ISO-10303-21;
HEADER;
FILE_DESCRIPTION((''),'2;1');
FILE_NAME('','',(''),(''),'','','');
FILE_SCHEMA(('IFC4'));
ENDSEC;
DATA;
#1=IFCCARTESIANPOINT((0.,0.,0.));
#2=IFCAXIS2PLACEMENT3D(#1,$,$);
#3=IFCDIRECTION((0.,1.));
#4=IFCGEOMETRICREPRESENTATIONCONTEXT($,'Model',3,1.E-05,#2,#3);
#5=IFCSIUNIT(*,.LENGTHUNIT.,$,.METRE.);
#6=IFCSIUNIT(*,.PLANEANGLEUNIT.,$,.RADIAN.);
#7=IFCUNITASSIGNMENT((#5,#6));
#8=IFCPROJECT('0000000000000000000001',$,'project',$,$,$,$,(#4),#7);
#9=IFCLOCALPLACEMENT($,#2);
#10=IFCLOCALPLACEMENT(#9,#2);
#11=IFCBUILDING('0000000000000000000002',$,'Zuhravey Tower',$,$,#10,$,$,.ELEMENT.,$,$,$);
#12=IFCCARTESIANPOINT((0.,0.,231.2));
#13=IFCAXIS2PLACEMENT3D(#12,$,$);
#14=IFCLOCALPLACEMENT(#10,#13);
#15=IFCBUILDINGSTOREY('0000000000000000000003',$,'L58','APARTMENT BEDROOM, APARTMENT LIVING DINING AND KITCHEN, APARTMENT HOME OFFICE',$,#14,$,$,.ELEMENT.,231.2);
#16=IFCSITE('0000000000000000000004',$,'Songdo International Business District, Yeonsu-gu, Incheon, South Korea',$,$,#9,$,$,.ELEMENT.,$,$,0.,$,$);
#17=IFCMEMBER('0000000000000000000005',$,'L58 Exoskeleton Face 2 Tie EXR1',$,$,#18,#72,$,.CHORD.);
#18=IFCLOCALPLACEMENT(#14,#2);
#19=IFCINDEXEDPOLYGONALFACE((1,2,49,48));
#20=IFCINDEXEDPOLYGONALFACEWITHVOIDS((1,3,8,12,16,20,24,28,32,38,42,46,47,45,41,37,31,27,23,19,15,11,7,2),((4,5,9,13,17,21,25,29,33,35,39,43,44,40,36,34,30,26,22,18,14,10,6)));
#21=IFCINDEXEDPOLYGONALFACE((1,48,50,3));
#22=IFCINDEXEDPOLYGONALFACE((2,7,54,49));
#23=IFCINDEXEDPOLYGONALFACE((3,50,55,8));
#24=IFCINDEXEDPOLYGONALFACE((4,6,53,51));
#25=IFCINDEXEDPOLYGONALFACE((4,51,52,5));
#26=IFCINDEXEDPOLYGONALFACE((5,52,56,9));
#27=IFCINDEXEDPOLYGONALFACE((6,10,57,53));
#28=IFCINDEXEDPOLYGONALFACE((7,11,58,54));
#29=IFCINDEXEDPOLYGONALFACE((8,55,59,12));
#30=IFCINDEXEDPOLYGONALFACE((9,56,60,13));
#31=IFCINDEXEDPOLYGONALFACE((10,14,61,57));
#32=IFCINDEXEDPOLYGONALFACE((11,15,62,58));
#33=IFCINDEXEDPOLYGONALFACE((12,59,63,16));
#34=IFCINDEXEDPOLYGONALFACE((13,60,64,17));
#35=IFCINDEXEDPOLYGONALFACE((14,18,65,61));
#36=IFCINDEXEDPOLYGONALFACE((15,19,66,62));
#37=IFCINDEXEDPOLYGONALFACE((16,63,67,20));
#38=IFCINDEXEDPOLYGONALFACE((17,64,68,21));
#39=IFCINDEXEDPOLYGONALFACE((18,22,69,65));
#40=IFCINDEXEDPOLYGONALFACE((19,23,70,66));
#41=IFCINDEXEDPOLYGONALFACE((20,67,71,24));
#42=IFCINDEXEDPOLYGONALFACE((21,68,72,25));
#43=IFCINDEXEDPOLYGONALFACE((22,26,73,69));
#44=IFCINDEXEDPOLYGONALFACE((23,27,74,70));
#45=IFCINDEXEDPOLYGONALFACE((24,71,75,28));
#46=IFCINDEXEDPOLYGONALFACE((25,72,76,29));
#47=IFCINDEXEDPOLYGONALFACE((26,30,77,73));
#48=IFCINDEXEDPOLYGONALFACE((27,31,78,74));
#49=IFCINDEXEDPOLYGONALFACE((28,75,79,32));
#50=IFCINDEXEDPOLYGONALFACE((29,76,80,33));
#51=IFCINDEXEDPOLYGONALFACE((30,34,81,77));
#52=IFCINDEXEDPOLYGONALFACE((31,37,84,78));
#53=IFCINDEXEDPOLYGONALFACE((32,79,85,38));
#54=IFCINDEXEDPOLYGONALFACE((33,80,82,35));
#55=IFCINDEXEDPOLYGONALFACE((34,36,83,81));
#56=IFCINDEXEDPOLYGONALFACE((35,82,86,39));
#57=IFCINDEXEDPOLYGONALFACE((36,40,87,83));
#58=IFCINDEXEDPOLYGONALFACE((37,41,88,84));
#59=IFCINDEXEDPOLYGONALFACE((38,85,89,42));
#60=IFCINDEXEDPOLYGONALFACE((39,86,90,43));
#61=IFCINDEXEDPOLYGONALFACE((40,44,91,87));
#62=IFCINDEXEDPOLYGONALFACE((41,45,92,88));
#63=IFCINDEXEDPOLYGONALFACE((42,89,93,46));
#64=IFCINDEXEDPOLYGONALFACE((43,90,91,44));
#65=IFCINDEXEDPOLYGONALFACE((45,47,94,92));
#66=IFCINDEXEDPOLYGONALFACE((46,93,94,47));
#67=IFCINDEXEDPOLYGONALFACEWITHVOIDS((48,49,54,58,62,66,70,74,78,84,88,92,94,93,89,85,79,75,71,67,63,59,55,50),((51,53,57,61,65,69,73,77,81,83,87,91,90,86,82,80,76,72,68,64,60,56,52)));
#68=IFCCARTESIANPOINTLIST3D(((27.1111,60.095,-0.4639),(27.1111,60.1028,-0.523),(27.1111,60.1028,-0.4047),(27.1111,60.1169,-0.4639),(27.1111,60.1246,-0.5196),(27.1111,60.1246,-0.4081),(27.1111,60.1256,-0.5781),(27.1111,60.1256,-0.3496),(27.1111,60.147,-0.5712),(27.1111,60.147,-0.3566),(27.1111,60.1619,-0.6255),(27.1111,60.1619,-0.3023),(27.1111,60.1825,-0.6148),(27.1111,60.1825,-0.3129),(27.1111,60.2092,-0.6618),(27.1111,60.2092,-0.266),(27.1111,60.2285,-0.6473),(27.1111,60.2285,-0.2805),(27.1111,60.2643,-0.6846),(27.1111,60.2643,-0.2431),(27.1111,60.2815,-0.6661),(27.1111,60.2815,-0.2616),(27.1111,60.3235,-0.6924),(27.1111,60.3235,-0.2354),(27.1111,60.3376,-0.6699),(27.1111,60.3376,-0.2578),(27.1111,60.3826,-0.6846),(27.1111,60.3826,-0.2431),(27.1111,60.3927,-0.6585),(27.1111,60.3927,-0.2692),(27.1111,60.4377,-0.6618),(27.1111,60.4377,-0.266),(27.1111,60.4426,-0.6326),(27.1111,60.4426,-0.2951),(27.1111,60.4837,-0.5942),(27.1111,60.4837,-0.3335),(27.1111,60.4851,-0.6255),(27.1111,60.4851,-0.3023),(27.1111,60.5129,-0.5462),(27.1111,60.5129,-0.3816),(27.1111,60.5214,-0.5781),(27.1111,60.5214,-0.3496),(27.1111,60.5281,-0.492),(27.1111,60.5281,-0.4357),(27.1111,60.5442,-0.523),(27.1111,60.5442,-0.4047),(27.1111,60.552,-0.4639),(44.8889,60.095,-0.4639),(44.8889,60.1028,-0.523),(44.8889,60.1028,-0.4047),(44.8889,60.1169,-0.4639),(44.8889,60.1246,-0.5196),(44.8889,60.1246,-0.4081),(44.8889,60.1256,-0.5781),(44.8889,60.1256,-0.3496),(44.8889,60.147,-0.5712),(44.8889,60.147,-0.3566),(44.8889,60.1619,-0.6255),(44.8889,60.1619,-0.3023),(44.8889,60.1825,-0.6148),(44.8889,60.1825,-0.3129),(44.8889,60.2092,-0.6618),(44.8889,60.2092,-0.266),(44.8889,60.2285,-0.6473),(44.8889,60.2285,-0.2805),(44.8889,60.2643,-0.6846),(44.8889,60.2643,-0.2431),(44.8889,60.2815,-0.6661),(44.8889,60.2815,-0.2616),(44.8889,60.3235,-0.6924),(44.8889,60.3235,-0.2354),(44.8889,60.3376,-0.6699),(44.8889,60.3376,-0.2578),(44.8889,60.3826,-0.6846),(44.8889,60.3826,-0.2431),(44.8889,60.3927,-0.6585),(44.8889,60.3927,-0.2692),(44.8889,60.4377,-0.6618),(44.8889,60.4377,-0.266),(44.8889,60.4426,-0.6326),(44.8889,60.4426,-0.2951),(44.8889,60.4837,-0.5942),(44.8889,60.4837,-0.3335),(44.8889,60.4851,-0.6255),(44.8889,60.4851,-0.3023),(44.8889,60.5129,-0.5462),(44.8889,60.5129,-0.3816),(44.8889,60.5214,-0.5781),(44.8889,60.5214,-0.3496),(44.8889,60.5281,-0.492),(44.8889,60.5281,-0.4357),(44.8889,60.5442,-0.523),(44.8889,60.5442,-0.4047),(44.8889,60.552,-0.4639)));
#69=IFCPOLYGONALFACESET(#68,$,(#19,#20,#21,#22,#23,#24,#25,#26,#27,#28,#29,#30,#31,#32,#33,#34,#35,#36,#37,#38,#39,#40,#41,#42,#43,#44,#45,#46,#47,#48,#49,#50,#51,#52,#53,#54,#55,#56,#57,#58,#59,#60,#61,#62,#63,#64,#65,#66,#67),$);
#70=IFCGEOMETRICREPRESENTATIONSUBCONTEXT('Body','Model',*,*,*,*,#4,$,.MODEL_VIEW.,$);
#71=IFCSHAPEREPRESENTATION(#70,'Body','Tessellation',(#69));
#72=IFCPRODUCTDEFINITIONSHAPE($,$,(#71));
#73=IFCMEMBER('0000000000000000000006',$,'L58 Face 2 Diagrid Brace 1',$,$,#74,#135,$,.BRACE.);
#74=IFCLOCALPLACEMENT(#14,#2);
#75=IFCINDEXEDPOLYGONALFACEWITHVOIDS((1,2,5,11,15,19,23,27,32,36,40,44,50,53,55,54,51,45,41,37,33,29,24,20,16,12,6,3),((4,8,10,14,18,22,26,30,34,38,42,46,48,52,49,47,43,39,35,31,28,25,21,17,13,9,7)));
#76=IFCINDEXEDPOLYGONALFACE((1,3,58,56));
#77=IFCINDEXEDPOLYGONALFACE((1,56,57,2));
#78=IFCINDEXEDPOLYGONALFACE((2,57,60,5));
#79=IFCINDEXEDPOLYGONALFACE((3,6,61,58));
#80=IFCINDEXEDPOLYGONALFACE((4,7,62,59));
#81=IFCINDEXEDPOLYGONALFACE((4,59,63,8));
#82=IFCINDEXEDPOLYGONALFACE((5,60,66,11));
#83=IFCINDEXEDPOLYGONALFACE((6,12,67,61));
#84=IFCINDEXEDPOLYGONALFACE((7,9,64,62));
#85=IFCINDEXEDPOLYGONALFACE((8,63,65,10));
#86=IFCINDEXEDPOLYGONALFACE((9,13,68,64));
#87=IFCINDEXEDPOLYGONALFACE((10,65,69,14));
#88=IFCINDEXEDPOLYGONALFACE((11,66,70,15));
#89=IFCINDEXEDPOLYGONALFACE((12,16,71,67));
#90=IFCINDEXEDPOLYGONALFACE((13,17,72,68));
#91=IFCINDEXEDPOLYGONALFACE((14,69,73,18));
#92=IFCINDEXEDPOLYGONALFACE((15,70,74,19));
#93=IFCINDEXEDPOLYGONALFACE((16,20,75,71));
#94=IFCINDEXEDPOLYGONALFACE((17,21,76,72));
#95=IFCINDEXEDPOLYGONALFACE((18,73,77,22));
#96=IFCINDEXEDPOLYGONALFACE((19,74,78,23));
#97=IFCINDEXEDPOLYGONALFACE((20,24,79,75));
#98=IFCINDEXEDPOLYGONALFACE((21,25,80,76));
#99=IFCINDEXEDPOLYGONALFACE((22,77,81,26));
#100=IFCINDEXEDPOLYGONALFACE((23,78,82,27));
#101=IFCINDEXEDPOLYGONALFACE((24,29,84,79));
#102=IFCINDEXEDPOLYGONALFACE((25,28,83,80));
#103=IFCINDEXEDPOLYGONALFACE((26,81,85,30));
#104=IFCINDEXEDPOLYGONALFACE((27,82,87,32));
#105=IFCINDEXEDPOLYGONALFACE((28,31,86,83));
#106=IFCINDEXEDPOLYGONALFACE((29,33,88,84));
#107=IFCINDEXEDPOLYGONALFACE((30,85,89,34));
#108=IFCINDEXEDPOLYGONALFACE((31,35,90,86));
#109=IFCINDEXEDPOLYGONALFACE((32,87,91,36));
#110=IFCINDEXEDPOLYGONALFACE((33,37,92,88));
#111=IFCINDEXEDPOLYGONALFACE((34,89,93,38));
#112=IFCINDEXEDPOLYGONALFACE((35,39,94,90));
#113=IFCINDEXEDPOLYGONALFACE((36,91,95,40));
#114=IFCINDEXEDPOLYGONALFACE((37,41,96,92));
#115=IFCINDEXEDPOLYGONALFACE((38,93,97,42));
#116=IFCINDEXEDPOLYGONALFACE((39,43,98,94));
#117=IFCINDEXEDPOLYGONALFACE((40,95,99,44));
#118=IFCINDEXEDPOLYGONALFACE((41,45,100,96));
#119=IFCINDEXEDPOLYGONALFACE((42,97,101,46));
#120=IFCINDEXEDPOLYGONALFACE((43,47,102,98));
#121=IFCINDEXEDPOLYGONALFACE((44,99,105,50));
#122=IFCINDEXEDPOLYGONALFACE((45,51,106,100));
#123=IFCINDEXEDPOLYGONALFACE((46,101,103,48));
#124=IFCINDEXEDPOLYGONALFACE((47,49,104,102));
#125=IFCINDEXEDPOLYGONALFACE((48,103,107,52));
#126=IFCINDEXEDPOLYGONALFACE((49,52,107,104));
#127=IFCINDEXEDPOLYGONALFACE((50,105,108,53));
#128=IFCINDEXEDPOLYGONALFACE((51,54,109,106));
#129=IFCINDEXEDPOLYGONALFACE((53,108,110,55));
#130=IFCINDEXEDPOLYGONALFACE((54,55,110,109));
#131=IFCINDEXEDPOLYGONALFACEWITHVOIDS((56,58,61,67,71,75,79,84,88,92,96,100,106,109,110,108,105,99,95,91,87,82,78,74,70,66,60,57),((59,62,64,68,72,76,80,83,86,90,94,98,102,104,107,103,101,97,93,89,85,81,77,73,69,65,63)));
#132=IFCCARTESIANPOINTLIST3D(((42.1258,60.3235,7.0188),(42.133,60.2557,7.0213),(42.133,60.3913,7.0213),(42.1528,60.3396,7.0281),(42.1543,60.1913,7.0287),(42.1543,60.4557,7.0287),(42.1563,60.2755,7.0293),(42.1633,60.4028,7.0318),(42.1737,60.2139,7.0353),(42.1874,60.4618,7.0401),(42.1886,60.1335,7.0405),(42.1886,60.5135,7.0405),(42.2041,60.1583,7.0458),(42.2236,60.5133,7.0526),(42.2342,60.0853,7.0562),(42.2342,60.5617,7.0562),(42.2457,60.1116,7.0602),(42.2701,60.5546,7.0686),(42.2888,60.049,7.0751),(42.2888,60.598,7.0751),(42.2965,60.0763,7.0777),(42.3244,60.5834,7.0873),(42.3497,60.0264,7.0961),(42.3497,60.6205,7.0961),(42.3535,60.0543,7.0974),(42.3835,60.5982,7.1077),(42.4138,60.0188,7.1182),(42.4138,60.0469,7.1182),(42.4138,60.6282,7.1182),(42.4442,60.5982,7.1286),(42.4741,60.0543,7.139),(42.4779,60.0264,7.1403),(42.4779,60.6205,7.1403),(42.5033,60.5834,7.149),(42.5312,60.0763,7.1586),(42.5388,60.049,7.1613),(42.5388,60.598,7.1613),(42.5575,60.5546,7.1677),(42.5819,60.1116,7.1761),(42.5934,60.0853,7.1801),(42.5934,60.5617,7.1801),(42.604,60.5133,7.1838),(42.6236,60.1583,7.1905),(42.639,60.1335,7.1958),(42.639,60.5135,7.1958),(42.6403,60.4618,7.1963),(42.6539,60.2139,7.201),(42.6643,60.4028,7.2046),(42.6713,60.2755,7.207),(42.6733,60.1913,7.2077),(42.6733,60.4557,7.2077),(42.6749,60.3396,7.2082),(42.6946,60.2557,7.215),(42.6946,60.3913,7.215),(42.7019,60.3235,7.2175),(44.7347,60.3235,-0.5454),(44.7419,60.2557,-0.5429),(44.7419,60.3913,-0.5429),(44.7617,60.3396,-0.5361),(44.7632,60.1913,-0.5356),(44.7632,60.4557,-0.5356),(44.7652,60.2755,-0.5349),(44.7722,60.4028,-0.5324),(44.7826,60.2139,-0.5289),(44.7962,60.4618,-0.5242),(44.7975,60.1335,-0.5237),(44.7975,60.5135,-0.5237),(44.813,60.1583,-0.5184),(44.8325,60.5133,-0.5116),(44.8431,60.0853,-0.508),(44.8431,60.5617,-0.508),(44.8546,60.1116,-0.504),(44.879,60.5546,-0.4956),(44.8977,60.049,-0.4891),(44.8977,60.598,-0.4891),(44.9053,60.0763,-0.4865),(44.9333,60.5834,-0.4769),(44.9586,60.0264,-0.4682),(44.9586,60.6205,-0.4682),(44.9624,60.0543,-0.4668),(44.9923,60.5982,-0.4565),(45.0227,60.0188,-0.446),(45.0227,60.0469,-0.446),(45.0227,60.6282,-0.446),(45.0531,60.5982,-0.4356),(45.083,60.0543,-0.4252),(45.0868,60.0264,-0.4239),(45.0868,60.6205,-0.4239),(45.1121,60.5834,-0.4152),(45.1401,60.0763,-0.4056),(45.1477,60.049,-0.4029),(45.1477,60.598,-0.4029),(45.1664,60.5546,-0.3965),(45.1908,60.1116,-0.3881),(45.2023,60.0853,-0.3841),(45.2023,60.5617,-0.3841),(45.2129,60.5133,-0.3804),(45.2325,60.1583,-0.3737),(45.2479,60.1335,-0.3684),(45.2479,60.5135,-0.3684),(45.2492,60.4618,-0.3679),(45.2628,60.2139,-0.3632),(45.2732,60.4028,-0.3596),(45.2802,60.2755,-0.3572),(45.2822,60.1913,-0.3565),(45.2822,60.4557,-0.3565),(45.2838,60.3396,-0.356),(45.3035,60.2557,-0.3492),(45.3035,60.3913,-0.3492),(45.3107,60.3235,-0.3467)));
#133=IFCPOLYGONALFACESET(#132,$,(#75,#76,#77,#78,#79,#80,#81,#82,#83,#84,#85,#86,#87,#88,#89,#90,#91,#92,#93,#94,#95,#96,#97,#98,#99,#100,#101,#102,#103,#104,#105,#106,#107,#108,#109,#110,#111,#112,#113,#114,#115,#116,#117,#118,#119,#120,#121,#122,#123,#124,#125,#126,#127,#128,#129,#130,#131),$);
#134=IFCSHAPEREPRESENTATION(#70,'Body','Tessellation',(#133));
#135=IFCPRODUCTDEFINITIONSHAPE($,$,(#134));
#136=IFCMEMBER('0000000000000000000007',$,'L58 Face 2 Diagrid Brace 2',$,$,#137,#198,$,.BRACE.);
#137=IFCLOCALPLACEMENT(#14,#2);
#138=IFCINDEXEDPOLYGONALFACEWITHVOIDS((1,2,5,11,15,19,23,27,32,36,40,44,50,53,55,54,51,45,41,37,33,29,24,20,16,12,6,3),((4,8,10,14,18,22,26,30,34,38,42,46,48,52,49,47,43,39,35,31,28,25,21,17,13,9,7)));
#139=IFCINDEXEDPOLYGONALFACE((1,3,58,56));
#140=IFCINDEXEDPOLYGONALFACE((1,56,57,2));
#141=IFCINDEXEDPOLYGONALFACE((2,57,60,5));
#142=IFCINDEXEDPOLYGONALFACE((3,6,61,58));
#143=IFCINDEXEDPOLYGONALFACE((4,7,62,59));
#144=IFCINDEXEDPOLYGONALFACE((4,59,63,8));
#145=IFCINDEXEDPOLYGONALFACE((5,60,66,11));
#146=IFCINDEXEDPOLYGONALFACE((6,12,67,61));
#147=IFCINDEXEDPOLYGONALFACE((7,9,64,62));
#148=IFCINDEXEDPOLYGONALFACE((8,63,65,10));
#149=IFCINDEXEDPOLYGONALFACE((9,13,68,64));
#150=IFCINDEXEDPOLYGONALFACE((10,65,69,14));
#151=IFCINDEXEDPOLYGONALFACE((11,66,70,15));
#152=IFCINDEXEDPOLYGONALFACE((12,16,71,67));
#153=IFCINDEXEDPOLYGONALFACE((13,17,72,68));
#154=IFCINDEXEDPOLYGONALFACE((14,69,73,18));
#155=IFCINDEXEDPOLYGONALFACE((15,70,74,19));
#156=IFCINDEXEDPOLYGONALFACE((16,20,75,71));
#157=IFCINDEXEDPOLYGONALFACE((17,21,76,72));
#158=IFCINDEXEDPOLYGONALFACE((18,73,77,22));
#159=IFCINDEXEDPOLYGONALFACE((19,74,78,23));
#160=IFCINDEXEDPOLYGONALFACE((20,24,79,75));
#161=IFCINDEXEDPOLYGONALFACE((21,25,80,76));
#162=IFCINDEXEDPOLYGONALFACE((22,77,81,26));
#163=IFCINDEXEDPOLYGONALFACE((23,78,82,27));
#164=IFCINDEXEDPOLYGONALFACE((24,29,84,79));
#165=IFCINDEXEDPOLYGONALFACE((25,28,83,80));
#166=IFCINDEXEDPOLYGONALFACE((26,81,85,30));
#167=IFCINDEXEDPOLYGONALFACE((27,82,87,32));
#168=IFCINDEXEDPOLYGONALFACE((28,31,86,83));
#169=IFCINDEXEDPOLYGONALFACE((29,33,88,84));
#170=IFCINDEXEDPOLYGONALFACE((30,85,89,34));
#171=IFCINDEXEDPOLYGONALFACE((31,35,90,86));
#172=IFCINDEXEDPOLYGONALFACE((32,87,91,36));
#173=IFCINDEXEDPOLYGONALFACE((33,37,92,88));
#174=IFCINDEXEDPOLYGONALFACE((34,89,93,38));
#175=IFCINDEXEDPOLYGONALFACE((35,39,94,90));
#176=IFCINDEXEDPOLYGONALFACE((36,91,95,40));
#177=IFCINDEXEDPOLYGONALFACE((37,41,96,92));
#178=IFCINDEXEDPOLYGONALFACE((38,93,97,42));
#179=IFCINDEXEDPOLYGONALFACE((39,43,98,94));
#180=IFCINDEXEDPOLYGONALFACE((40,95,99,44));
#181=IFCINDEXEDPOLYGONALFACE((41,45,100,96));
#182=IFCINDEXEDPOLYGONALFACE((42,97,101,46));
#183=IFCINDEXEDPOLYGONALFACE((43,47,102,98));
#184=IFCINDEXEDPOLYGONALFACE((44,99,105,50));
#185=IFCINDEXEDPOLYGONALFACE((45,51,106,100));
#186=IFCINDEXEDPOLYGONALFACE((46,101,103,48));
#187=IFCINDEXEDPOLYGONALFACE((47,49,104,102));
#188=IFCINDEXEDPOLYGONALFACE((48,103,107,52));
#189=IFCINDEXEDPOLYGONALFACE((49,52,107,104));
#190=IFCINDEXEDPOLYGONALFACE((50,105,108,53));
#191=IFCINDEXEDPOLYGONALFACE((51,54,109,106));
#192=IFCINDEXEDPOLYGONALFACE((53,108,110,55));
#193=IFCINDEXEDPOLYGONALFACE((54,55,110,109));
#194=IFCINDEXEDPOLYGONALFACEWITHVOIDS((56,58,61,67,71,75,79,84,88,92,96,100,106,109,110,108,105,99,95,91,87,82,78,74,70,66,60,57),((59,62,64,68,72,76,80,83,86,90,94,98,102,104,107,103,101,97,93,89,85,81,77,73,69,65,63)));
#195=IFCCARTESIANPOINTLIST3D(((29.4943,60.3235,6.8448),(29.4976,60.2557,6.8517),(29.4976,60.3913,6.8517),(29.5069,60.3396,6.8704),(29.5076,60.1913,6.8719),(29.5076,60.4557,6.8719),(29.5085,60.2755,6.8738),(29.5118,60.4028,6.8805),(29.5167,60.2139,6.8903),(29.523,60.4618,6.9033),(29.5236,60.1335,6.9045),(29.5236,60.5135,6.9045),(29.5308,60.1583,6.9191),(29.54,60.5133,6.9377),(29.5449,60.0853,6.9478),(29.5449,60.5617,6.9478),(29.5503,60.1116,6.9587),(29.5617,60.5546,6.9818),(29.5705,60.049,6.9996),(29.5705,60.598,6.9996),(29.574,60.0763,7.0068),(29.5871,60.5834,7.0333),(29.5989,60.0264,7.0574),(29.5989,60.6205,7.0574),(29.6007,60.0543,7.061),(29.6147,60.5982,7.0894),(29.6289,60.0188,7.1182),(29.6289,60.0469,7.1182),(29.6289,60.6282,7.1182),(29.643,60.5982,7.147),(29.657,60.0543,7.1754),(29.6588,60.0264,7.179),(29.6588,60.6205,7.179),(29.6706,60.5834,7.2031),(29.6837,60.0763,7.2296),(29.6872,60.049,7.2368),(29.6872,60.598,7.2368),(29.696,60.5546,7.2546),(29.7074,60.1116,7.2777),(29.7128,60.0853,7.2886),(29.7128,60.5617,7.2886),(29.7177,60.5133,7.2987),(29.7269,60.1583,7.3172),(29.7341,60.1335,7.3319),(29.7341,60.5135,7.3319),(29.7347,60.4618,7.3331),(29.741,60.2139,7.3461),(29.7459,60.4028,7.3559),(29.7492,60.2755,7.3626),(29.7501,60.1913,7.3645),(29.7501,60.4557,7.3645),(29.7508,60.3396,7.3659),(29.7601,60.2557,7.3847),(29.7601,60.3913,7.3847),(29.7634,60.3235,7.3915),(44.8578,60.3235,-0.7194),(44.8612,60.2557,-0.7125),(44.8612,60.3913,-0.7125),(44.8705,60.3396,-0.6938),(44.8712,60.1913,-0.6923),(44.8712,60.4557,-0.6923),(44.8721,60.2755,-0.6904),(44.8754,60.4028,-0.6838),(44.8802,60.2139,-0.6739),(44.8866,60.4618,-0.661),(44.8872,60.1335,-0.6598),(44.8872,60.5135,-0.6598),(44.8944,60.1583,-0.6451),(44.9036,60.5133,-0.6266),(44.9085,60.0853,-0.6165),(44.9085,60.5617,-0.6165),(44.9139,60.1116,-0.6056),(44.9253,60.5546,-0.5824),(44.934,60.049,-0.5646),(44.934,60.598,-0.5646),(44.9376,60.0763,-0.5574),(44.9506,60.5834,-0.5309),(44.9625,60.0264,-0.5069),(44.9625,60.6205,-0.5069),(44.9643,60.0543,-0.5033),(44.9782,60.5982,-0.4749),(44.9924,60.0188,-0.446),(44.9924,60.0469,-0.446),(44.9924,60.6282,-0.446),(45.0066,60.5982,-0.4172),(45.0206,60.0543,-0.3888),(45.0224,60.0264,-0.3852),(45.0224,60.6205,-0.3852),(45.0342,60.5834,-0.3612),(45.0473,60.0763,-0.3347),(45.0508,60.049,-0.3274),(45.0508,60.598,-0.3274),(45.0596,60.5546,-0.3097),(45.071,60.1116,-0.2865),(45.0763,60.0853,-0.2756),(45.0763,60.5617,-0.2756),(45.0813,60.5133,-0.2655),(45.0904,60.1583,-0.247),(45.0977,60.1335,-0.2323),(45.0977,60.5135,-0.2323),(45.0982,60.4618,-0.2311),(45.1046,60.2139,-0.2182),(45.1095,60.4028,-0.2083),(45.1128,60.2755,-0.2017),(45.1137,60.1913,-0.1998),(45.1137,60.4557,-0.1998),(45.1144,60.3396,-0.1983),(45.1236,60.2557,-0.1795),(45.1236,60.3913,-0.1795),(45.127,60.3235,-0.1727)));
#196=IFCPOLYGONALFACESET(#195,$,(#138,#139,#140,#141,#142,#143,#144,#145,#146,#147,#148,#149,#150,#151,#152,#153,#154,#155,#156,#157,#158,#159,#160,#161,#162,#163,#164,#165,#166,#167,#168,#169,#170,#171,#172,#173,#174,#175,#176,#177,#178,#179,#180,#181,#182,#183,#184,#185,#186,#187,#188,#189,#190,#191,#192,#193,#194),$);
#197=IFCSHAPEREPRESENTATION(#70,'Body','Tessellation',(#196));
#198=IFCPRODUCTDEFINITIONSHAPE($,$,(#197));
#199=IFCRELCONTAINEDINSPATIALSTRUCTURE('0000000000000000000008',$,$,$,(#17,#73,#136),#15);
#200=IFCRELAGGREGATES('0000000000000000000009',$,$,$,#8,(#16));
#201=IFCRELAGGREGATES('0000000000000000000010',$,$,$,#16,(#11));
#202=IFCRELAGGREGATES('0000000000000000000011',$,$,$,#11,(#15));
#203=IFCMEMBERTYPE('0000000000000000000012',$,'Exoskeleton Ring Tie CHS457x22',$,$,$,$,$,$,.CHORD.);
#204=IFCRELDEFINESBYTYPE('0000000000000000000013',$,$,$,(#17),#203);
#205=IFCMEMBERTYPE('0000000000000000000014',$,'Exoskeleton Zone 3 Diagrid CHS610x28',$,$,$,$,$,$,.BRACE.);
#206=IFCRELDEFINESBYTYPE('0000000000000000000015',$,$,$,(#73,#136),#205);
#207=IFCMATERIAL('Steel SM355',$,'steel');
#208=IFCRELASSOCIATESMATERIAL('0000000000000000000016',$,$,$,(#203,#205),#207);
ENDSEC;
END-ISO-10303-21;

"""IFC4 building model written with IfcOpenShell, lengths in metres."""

from ifc_helpers import new_model, si_unit, direction, frame, origin, origin_2d, place, context, subcontext, project, spatial, hollow_circle, extrude, material, material_profile, profile_set, type_object, element, save


model = new_model("IFC4")

# Units and contexts
model_context = context("Model", 3, precision=1e-05, world=origin(), true_north=direction((0.0, 1.0)))
body_context = subcontext(model_context, "Body", "Model", "MODEL_VIEW")
ifc_project = project(units=[si_unit("LENGTHUNIT", "METRE"), si_unit("PLANEANGLEUNIT", "RADIAN")], contexts=[model_context])

# Site, building, storey
site_placement = place(None, origin())
site = spatial("IfcSite", under=ifc_project, at=site_placement, Name="Songdo International Business District, Yeonsu-gu, Incheon, South Korea", CompositionType="ELEMENT", RefElevation=0.0)
building_placement = place(site_placement, origin())
building = spatial("IfcBuilding", under=site, at=building_placement, Name="Zuhravey Tower", CompositionType="ELEMENT")
storey_placement = place(building_placement, frame((0.0, 0.0, 231.2)))
storey = spatial("IfcBuildingStorey", under=building, at=storey_placement, Name="L58", Description="APARTMENT BEDROOM, APARTMENT LIVING DINING AND KITCHEN, APARTMENT HOME OFFICE", CompositionType="ELEMENT", Elevation=231.2)

# Members
ifc_material_1 = material(Name="Steel SM355", Category="steel")
ifc_material_profile_1 = material_profile(ifc_material_1, hollow_circle(Radius=0.2285, WallThickness=0.022, at=origin_2d()), Name="CHS-457.2x22")
ifc_profile_set_1 = profile_set([ifc_material_profile_1], Name="Steel SM355")
member_type_1 = type_object("IfcMemberType", Name="Exoskeleton Ring Tie CHS457x22", PredefinedType="CHORD", material=ifc_profile_set_1)
member_1_placement = place(storey_placement, frame((44.8889, 60.3235, -0.4639), z_axis=(-1.0, 0.0, 0.0), x_axis=(0.0, -1.0, 0.0)))
element("IfcMember", 1, at=member_1_placement, inside=storey, type_object=member_type_1, Name="L58 Exoskeleton Face 2 Tie EXR1", PredefinedType="CHORD", context=body_context, shape_type="SweptSolid", body=[
    extrude(hollow_circle(Radius=0.2285, WallThickness=0.022, at=origin_2d()), origin(), (0.0, 0.0, 1.0), 17.7778),
])
ifc_material_profile_2 = material_profile(ifc_material_1, hollow_circle(Radius=0.3047, WallThickness=0.0281, at=origin_2d()), Name="CHS-609.6x28")
ifc_profile_set_2 = profile_set([ifc_material_profile_2], Name="Steel SM355")
member_type_2 = type_object("IfcMemberType", Name="Exoskeleton Zone 3 Diagrid CHS610x28", PredefinedType="BRACE", material=ifc_profile_set_2)
member_2_placement = place(storey_placement, frame((45.0227, 60.3235, -0.446), z_axis=(-0.326051, 0.0, 0.945352), x_axis=(0.0, -1.0, 0.0)))
element("IfcMember", 2, at=member_2_placement, inside=storey, type_object=member_type_2, Name="L58 Face 2 Diagrid Brace 1", PredefinedType="BRACE", context=body_context, shape_type="SweptSolid", body=[
    extrude(hollow_circle(Radius=0.3047, WallThickness=0.0281, at=origin_2d()), origin(), (0.0, 0.0, 1.0), 8.0015),
])
member_3_placement = place(storey_placement, frame((44.9924, 60.3235, -0.446), z_axis=(-0.897156, 0.0, 0.441714), x_axis=(0.0, -1.0, 0.0)))
element("IfcMember", 3, at=member_3_placement, inside=storey, type_object=member_type_2, Name="L58 Face 2 Diagrid Brace 2", PredefinedType="BRACE", context=body_context, shape_type="SweptSolid", body=[
    extrude(hollow_circle(Radius=0.3047, WallThickness=0.0281, at=origin_2d()), origin(), (0.0, 0.0, 1.0), 17.1248),
])

save(model, "model.ifc")
